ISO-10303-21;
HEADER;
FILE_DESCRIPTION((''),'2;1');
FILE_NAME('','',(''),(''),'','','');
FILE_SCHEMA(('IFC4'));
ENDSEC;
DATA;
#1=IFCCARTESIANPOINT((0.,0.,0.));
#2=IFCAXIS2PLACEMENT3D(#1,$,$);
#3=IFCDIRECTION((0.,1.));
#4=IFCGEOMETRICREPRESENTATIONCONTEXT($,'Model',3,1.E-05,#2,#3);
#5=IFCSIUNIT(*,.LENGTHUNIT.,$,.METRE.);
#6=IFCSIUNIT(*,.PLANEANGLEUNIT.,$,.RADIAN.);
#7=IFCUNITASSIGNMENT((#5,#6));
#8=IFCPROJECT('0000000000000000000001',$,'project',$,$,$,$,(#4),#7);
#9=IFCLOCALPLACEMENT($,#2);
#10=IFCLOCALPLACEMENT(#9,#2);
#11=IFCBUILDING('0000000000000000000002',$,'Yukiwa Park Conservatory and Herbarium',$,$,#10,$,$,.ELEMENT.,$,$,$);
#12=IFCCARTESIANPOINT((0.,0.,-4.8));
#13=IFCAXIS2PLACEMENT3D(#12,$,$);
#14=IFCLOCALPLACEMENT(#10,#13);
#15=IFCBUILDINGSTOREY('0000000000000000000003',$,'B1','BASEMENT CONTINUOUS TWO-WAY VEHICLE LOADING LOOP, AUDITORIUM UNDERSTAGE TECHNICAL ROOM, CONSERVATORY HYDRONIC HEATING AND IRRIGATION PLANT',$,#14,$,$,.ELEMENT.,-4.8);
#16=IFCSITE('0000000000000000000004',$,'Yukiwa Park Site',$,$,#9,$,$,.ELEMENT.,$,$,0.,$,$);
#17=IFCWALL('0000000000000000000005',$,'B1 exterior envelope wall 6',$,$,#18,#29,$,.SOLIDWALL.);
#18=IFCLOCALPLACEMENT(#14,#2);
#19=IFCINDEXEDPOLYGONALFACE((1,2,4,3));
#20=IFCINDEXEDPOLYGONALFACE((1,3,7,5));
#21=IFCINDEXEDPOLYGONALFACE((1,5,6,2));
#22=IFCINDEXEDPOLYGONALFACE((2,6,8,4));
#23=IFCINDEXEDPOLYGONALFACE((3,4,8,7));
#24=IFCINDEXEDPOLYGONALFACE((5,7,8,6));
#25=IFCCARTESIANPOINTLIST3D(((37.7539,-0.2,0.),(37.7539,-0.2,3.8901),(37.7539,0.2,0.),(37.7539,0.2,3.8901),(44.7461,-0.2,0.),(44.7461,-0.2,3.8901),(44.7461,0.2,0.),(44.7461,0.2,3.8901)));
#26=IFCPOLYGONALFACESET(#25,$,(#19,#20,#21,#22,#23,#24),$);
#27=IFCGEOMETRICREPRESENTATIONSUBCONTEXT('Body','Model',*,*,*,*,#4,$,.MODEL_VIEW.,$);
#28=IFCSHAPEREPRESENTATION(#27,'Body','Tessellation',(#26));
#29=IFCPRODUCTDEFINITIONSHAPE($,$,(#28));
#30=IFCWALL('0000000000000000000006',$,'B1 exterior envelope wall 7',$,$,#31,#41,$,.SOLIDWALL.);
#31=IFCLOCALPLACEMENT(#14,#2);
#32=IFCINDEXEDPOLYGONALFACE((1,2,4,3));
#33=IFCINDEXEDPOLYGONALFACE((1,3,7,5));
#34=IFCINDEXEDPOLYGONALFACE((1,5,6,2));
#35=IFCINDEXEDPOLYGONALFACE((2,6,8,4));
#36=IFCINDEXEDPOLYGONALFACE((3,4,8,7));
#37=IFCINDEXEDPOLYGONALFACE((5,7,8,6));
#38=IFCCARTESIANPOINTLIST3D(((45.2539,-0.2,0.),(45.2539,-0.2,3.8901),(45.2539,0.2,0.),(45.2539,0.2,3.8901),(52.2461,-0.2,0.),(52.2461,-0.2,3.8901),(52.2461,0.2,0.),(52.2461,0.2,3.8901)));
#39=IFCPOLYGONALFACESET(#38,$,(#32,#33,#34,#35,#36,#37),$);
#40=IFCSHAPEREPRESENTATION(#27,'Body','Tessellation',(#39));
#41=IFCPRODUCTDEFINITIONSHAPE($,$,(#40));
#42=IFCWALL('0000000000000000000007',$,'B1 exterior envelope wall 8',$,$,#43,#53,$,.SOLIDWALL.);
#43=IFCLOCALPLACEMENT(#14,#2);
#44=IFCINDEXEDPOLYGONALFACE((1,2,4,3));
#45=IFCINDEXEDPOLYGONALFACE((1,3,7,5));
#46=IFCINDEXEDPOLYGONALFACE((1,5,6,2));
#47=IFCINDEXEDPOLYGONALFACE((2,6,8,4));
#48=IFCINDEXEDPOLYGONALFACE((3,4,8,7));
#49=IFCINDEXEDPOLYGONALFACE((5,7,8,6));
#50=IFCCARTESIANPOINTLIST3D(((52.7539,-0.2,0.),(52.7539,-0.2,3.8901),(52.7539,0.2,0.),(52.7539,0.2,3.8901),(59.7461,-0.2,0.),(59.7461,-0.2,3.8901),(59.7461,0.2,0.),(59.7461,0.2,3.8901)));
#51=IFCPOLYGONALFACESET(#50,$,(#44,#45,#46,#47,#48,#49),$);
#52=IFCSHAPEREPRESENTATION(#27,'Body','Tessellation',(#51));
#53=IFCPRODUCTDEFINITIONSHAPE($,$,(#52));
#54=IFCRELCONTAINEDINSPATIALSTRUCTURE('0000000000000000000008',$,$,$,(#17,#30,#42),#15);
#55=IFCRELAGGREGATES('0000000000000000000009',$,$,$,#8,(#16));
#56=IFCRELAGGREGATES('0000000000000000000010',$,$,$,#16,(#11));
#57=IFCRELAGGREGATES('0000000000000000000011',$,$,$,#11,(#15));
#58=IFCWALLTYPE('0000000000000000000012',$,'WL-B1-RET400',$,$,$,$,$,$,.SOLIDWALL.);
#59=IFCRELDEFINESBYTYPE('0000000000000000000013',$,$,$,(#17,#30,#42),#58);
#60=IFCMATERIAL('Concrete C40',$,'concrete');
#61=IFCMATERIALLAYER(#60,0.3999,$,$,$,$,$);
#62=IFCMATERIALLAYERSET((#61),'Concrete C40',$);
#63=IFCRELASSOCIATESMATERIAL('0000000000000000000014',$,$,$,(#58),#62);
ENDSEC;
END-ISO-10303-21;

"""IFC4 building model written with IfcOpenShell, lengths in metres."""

from ifc_helpers import new_model, si_unit, direction, frame, frame_2d, origin, place, context, subcontext, project, spatial, rectangle, extrude, material, layer, layer_set, type_object, element, save


model = new_model("IFC4")

# Units and contexts
model_context = context("Model", 3, precision=1e-05, world=origin(), true_north=direction((0.0, 1.0)))
body_context = subcontext(model_context, "Body", "Model", "MODEL_VIEW")
ifc_project = project(units=[si_unit("LENGTHUNIT", "METRE"), si_unit("PLANEANGLEUNIT", "RADIAN")], contexts=[model_context])

# Site, building, storey
site_placement = place(None, origin())
site = spatial("IfcSite", under=ifc_project, at=site_placement, Name="Yukiwa Park Site", CompositionType="ELEMENT", RefElevation=0.0)
building_placement = place(site_placement, origin())
building = spatial("IfcBuilding", under=site, at=building_placement, Name="Yukiwa Park Conservatory and Herbarium", CompositionType="ELEMENT")
storey_placement = place(building_placement, frame((0.0, 0.0, -4.8)))
storey = spatial("IfcBuildingStorey", under=building, at=storey_placement, Name="B1", Description="BASEMENT CONTINUOUS TWO-WAY VEHICLE LOADING LOOP, AUDITORIUM UNDERSTAGE TECHNICAL ROOM, CONSERVATORY HYDRONIC HEATING AND IRRIGATION PLANT", CompositionType="ELEMENT", Elevation=-4.8)

# Walls
ifc_material_1 = material(Name="Concrete C40", Category="concrete")
ifc_layer = layer(ifc_material_1, 0.3999)
ifc_layer_set = layer_set([ifc_layer], Name="Concrete C40")
wall_type = type_object("IfcWallType", Name="WL-B1-RET400", PredefinedType="SOLIDWALL", material=ifc_layer_set)
for number, where, z_axis, x_axis, name in (
    (1, (37.7539, 0.0, 0.0), (0.0, 0.0, 1.0), (1.0, 0.0, 0.0), "B1 exterior envelope wall 6"),
    (2, (45.2539, 0.0, 0.0), (0.0, 0.0, 1.0), (1.0, 0.0, 0.0), "B1 exterior envelope wall 7"),
    (3, (52.7539, 0.0, 0.0), (0.0, 0.0, 1.0), (1.0, 0.0, 0.0), "B1 exterior envelope wall 8"),
):
    element("IfcWall", number, at=place(storey_placement, frame(where, z_axis=z_axis, x_axis=x_axis)), inside=storey, type_object=wall_type, Name=name, PredefinedType="SOLIDWALL", context=body_context, shape_type="SweptSolid", body=[
        extrude(rectangle(XDim=6.9922, YDim=0.3999, at=frame_2d((3.4961, 0.0))), origin(), (0.0, 0.0, 1.0), 3.8901),
    ])

save(model, "model.ifc")
